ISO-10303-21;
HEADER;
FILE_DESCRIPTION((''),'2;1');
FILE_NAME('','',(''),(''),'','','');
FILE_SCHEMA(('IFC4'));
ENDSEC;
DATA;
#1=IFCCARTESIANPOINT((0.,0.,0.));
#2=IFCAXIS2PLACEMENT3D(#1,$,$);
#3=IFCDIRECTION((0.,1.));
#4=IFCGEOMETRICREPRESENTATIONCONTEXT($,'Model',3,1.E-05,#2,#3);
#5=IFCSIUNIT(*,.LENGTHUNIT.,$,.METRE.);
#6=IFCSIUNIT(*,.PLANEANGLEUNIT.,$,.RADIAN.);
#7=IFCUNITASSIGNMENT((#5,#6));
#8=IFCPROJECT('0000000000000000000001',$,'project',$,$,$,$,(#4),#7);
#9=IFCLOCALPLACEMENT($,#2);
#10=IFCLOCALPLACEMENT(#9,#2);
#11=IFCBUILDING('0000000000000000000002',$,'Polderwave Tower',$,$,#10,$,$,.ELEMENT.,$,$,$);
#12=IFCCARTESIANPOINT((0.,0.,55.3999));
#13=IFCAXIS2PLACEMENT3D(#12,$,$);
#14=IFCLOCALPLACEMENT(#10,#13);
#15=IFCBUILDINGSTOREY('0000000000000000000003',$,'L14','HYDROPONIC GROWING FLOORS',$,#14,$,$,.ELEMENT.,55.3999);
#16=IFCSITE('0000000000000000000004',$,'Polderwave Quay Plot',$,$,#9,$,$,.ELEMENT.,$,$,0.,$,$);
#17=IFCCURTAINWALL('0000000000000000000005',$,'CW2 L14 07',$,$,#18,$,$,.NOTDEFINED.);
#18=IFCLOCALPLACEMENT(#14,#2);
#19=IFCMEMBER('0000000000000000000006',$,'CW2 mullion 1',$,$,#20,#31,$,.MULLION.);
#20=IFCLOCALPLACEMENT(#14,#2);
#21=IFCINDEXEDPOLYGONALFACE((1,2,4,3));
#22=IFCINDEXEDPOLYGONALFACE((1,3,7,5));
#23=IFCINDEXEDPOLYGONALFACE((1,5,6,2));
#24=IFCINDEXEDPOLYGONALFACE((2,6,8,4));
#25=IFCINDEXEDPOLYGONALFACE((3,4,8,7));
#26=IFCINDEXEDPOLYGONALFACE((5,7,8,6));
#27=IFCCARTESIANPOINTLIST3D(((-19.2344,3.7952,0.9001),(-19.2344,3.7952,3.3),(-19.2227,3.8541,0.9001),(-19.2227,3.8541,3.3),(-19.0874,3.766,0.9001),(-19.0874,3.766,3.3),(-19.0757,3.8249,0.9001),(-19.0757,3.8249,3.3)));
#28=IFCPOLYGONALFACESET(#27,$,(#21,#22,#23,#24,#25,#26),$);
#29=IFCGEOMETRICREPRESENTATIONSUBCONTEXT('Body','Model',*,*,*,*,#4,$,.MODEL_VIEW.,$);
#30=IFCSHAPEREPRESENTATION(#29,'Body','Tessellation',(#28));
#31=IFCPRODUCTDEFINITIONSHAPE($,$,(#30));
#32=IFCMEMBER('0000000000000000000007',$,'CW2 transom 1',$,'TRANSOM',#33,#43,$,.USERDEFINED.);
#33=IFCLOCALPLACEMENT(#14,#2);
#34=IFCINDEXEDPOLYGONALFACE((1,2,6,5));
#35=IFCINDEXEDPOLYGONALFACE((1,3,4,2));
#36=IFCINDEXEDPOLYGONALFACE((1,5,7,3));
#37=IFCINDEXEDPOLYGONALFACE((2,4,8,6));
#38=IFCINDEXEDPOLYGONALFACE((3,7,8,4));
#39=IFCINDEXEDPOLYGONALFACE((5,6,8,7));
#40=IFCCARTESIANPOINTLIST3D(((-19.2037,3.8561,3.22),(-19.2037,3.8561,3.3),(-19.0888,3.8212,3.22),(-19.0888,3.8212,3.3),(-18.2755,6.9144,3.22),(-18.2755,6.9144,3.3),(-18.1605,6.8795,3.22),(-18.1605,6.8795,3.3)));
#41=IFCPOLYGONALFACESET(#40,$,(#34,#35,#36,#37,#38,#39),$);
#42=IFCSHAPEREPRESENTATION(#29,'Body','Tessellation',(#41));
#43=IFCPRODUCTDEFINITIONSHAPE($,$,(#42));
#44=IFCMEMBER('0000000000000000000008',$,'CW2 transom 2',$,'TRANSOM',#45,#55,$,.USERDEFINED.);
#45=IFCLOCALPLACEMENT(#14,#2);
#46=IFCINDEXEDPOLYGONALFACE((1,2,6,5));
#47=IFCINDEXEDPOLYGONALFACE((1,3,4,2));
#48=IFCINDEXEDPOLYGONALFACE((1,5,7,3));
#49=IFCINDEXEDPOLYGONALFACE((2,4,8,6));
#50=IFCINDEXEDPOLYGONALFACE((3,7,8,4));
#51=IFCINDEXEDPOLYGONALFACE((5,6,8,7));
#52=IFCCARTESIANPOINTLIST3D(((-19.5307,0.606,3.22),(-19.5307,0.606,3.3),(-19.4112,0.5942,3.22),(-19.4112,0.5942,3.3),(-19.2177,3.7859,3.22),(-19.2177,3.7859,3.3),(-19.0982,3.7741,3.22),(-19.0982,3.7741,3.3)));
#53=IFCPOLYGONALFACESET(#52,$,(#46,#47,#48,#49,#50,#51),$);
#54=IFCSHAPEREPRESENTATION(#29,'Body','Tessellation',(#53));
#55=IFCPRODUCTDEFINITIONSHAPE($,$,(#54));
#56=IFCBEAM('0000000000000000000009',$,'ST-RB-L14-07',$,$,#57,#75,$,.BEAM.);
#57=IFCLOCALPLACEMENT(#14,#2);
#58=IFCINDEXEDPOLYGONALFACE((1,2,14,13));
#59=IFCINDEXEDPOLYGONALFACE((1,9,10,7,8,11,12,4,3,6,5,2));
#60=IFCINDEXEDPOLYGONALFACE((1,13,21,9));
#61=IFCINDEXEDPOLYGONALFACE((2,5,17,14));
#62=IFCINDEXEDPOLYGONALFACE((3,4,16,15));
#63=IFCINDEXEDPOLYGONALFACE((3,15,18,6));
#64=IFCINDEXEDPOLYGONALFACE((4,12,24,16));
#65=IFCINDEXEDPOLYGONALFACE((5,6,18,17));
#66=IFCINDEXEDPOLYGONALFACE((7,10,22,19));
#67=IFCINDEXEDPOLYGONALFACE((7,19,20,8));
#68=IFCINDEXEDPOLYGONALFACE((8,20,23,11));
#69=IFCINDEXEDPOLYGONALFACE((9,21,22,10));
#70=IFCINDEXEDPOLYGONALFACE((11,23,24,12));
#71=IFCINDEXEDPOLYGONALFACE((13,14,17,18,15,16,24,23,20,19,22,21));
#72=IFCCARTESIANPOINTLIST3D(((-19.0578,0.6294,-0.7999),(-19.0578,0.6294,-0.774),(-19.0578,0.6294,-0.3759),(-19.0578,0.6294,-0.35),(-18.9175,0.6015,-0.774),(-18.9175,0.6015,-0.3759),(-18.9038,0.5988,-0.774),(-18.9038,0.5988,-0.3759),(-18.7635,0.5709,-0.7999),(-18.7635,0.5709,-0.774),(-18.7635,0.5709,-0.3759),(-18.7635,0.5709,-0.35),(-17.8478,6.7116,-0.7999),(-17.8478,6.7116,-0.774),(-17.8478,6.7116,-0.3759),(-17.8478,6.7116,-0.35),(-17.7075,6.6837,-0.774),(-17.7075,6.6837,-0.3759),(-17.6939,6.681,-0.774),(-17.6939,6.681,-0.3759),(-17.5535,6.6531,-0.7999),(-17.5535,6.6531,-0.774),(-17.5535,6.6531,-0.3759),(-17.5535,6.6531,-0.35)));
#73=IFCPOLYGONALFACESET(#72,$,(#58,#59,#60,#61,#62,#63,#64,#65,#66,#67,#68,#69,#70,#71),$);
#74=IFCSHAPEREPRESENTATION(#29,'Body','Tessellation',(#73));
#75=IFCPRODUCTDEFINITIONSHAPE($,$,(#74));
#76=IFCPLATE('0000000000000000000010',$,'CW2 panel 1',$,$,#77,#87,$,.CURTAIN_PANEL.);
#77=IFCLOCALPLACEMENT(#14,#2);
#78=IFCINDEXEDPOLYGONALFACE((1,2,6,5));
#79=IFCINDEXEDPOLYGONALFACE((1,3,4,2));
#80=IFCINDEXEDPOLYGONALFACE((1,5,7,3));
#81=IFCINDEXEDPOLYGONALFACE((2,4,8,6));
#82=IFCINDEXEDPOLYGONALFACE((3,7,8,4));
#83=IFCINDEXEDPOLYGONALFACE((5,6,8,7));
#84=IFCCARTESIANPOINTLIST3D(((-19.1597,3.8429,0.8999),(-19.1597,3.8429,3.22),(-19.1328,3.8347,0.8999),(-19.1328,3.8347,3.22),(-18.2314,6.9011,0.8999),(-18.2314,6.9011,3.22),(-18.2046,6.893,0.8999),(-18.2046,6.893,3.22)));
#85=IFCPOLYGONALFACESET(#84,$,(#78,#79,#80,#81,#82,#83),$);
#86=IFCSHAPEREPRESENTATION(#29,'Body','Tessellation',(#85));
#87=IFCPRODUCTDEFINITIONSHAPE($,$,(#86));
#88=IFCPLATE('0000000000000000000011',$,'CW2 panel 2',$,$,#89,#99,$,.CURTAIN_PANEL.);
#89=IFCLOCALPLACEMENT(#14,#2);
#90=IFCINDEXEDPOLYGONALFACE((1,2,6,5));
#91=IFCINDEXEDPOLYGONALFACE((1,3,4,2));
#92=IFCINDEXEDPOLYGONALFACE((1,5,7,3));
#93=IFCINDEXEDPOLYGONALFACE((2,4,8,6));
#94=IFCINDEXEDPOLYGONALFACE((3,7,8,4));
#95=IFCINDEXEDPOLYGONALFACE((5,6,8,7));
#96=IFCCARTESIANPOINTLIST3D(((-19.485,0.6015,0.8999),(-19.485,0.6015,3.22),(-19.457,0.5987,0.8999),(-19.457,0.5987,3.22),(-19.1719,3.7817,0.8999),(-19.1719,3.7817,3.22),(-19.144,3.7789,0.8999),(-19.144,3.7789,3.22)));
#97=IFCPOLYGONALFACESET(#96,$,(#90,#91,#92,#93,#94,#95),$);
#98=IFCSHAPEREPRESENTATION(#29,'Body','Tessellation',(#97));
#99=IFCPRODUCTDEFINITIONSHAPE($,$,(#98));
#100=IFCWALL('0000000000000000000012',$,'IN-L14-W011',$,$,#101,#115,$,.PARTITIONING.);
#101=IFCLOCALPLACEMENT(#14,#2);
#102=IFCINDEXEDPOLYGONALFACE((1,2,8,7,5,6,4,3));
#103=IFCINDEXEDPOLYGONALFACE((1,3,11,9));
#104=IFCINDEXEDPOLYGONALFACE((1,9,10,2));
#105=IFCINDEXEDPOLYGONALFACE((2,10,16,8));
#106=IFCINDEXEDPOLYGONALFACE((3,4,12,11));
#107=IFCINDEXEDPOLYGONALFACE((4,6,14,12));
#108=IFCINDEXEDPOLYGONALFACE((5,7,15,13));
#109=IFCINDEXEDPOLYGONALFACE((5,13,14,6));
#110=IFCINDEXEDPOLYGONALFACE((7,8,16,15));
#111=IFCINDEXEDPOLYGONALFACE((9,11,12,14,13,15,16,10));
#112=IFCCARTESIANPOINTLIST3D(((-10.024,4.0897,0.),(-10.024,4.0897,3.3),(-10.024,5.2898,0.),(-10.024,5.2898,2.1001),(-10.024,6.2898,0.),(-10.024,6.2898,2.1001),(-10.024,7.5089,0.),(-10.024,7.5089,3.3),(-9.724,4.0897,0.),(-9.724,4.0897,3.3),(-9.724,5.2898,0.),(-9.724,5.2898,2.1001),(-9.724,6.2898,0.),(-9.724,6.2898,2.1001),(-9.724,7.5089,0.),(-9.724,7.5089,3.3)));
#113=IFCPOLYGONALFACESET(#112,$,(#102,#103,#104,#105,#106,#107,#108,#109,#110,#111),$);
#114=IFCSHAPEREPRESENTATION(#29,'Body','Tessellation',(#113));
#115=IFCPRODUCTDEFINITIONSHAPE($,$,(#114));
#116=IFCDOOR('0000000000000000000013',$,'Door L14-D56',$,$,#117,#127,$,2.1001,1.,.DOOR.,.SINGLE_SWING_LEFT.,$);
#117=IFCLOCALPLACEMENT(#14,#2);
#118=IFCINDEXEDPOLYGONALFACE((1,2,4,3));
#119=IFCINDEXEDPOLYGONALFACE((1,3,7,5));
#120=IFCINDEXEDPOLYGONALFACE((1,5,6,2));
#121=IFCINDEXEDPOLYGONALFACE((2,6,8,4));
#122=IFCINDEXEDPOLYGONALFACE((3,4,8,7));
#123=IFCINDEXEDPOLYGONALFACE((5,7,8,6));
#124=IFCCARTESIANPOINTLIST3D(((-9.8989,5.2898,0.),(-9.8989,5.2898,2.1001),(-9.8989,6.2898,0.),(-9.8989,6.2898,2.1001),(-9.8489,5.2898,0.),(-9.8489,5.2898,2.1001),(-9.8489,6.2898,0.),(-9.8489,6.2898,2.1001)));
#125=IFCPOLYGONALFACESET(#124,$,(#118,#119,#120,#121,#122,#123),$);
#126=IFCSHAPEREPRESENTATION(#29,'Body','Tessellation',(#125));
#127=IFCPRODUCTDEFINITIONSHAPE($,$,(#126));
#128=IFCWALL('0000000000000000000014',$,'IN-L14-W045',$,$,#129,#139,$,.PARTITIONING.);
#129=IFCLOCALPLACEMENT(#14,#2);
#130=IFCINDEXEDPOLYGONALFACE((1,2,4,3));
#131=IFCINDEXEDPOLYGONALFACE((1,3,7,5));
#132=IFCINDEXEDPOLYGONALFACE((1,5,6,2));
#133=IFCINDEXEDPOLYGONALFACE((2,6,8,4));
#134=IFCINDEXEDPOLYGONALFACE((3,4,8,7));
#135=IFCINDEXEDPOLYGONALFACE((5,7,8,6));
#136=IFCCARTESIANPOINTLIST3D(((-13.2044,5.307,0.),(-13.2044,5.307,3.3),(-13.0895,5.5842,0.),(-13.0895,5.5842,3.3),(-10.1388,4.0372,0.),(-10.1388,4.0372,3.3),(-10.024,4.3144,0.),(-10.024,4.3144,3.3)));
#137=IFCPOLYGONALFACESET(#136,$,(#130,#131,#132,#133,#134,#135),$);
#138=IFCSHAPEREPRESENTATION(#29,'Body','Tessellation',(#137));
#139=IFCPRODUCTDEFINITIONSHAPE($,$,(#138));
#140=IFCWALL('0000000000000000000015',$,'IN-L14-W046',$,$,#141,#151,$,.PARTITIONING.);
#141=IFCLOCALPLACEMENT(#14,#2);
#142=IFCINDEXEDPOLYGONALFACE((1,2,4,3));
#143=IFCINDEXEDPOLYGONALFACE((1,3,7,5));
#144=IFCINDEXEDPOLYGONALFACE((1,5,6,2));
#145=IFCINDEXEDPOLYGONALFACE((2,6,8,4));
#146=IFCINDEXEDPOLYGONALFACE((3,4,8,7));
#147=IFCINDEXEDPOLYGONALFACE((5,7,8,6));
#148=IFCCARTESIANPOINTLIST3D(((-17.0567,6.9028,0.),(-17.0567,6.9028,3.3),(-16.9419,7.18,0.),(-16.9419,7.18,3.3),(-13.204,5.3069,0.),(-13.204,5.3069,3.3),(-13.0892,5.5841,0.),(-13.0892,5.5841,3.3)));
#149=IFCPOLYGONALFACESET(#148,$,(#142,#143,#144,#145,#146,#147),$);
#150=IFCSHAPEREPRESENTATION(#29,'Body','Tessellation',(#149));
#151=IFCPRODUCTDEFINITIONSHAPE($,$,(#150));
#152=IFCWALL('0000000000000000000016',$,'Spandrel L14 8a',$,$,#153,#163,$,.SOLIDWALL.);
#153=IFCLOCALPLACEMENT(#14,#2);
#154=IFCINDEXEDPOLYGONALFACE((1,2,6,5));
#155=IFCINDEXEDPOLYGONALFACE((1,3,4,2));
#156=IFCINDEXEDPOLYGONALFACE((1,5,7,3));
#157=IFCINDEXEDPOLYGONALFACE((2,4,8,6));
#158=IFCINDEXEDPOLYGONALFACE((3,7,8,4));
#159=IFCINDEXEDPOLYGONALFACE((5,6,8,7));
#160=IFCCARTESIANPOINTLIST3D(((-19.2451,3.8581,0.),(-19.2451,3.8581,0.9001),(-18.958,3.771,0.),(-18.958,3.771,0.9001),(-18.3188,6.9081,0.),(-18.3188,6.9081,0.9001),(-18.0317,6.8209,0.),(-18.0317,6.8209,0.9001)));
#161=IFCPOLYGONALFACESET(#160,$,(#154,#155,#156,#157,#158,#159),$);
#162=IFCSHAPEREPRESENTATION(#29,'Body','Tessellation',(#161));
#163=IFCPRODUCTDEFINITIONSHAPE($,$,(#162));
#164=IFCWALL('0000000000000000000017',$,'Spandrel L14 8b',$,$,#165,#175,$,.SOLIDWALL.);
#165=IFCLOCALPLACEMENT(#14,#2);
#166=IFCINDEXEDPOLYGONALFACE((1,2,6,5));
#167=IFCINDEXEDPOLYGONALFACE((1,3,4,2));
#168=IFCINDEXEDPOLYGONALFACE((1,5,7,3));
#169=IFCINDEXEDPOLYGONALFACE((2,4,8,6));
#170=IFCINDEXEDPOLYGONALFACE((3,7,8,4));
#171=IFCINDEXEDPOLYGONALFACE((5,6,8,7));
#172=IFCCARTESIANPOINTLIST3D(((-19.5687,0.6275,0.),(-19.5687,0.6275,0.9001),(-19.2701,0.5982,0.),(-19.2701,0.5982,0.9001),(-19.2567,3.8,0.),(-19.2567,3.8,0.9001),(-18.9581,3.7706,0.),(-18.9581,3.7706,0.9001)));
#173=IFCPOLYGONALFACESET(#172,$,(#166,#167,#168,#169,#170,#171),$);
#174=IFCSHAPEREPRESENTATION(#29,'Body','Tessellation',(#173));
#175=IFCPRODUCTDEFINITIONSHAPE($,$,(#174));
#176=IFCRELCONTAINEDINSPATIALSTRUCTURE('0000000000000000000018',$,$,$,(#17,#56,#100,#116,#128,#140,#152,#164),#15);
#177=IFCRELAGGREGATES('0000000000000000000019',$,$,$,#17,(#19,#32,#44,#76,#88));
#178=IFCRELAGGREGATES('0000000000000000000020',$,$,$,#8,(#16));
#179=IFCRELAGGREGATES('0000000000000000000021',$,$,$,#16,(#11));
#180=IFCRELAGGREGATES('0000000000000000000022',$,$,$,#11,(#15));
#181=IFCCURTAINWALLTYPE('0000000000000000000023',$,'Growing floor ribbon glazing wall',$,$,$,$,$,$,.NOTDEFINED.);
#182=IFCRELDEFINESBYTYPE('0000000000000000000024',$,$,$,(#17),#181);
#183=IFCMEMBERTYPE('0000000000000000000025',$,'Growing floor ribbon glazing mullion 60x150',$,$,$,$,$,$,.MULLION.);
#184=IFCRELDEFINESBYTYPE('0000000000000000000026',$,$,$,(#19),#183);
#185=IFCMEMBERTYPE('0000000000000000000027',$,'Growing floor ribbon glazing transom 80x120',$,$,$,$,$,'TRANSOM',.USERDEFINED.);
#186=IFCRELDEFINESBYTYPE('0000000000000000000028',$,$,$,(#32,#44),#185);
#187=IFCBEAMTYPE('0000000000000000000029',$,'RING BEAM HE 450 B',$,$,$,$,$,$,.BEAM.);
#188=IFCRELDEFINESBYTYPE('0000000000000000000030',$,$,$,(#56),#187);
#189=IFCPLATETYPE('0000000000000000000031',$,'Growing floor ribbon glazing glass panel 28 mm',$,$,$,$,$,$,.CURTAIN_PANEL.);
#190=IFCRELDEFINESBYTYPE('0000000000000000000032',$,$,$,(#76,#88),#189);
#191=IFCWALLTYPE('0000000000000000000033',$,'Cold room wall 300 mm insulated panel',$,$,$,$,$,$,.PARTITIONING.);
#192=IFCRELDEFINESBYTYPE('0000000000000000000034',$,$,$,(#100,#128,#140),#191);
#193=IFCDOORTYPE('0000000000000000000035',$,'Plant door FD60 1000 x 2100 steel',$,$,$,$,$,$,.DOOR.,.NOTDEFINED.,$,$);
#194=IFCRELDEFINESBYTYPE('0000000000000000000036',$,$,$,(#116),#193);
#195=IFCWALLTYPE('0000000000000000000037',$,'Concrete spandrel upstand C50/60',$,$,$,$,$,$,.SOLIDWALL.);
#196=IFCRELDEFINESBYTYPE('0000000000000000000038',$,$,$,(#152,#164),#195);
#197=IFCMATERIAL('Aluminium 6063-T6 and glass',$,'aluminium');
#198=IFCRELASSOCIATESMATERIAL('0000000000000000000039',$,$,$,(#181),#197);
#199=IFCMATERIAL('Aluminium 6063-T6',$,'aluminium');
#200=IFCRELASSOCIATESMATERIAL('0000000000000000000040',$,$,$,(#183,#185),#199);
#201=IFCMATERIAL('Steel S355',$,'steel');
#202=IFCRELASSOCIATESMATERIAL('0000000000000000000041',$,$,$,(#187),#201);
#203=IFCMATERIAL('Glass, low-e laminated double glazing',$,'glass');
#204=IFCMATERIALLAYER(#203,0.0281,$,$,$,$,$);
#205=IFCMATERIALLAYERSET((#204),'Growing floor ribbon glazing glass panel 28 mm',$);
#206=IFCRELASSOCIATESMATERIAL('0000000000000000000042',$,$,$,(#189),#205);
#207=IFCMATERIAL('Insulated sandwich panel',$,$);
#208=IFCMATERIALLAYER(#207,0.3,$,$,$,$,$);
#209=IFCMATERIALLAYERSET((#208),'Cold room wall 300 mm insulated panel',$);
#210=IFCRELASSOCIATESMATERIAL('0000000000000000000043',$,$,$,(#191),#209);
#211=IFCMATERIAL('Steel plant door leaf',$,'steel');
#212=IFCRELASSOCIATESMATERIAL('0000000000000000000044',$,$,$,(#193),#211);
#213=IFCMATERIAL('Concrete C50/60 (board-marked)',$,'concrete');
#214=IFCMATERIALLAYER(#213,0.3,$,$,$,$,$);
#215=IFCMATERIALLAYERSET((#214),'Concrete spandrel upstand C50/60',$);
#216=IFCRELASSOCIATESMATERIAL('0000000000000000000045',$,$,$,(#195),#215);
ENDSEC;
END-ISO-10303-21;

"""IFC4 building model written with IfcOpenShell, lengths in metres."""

from ifc_helpers import new_model, si_unit, direction, frame, frame_2d, origin, origin_2d, place, context, subcontext, project, spatial, rectangle, i_section, extrude, material, layer, layer_set, material_profile, profile_set, type_object, element, fill, aggregate, save


model = new_model("IFC4")

# Units and contexts
model_context = context("Model", 3, precision=1e-05, world=origin(), true_north=direction((0.0, 1.0)))
body_context = subcontext(model_context, "Body", "Model", "MODEL_VIEW")
ifc_project = project(units=[si_unit("LENGTHUNIT", "METRE"), si_unit("PLANEANGLEUNIT", "RADIAN")], contexts=[model_context])

# Site, building, storey
site_placement = place(None, origin())
site = spatial("IfcSite", under=ifc_project, at=site_placement, Name="Polderwave Quay Plot", CompositionType="ELEMENT", RefElevation=0.0)
building_placement = place(site_placement, origin())
building = spatial("IfcBuilding", under=site, at=building_placement, Name="Polderwave Tower", CompositionType="ELEMENT")
storey_placement = place(building_placement, frame((0.0, 0.0, 55.3999)))
storey = spatial("IfcBuildingStorey", under=building, at=storey_placement, Name="L14", Description="HYDROPONIC GROWING FLOORS", CompositionType="ELEMENT", Elevation=55.3999)

# Curtain wall, members
ifc_material_1 = material(Name="Aluminium 6063-T6 and glass", Category="aluminium")
curtain_wall_type = type_object("IfcCurtainWallType", Name="Growing floor ribbon glazing wall", PredefinedType="NOTDEFINED", material=ifc_material_1)
curtain_wall_placement = place(storey_placement, origin())
curtain_wall = element("IfcCurtainWall", 1, at=curtain_wall_placement, inside=storey, type_object=curtain_wall_type, Name="CW2 L14 07", PredefinedType="NOTDEFINED")
ifc_material_2 = material(Name="Aluminium 6063-T6", Category="aluminium")
ifc_material_profile_1 = material_profile(ifc_material_2, rectangle(XDim=0.1499, YDim=0.0601, at=origin_2d()), Name="AL 60x150")
ifc_profile_set_1 = profile_set([ifc_material_profile_1], Name="Aluminium 6063-T6")
member_type_1 = type_object("IfcMemberType", Name="Growing floor ribbon glazing mullion 60x150", PredefinedType="MULLION", material=ifc_profile_set_1)
member_1_placement = place(storey_placement, frame((-19.155, 3.8101, 0.9001), z_axis=(0.0, 0.0, 1.0), x_axis=(0.980774, -0.195149, 0.0)))
member_1 = element("IfcMember", 2, at=member_1_placement, type_object=member_type_1, Name="CW2 mullion 1", PredefinedType="MULLION", context=body_context, shape_type="SweptSolid", body=[
    extrude(rectangle(XDim=0.1499, YDim=0.0601, at=origin_2d()), origin(), (0.0, 0.0, 1.0), 2.3999),
])
ifc_material_profile_2 = material_profile(ifc_material_2, rectangle(XDim=0.1201, YDim=0.0801, at=origin_2d()), Name="AL 80x120")
ifc_profile_set_2 = profile_set([ifc_material_profile_2], Name="Aluminium 6063-T6")
member_type_2 = type_object("IfcMemberType", Name="Growing floor ribbon glazing transom 80x120", ElementType="TRANSOM", PredefinedType="USERDEFINED", material=ifc_profile_set_2)
member_2_placement = place(storey_placement, frame((-18.218, 6.897, 3.26), z_axis=(-0.290423, -0.956898, 0.0), x_axis=(0.956898, -0.290423, 0.0)))
member_2 = element("IfcMember", 3, at=member_2_placement, type_object=member_type_2, Name="CW2 transom 1", ObjectType="TRANSOM", PredefinedType="USERDEFINED", context=body_context, shape_type="SweptSolid", body=[
    extrude(rectangle(XDim=0.1201, YDim=0.0801, at=origin_2d()), origin(), (0.0, 0.0, 1.0), 3.196),
])
member_3_placement = place(storey_placement, frame((-19.158, 3.78, 3.26), z_axis=(-0.097953, -0.995191, 0.0), x_axis=(0.995191, -0.097953, 0.0)))
member_3 = element("IfcMember", 4, at=member_3_placement, type_object=member_type_2, Name="CW2 transom 2", ObjectType="TRANSOM", PredefinedType="USERDEFINED", context=body_context, shape_type="SweptSolid", body=[
    extrude(rectangle(XDim=0.1201, YDim=0.0801, at=origin_2d()), origin(), (0.0, 0.0, 1.0), 3.1953),
])

# Beam
ifc_material_3 = material(Name="Steel S355", Category="steel")
ifc_material_profile_3 = material_profile(ifc_material_3, i_section(OverallWidth=0.3, OverallDepth=0.45, WebThickness=0.0139, FlangeThickness=0.0259, at=origin_2d()), Name="HE 450 B")
ifc_profile_set_3 = profile_set([ifc_material_profile_3], Name="Steel S355")
beam_type = type_object("IfcBeamType", Name="RING BEAM HE 450 B", PredefinedType="BEAM", material=ifc_profile_set_3)
beam_placement = place(storey_placement, frame((-17.7007, 6.6824, -0.575), z_axis=(-0.195109, -0.980782, 0.0), x_axis=(0.980782, -0.195109, 0.0)))
element("IfcBeam", 5, at=beam_placement, inside=storey, type_object=beam_type, Name="ST-RB-L14-07", PredefinedType="BEAM", context=body_context, shape_type="SweptSolid", body=[
    extrude(i_section(OverallWidth=0.3, OverallDepth=0.45, WebThickness=0.0139, FlangeThickness=0.0259, at=origin_2d()), origin(), (0.0, 0.0, 1.0), 6.2014),
])

# Plates
ifc_material_4 = material(Name="Glass, low-e laminated double glazing", Category="glass")
ifc_layer_1 = layer(ifc_material_4, 0.0281)
ifc_layer_set_1 = layer_set([ifc_layer_1], Name="Growing floor ribbon glazing glass panel 28 mm")
plate_type = type_object("IfcPlateType", Name="Growing floor ribbon glazing glass panel 28 mm", PredefinedType="CURTAIN_PANEL", material=ifc_layer_set_1)
plate_1_placement = place(storey_placement, frame((-18.6821, 5.3679, 0.8999), z_axis=(0.0, 0.0, 1.0), x_axis=(-0.290447, -0.956891, 0.0)))
plate_1 = element("IfcPlate", 6, at=plate_1_placement, type_object=plate_type, Name="CW2 panel 1", PredefinedType="CURTAIN_PANEL", context=body_context, shape_type="SweptSolid", body=[
    extrude(rectangle(XDim=3.196, YDim=0.0281, at=origin_2d()), origin(), (0.0, 0.0, 1.0), 2.3201),
])
plate_2_placement = place(storey_placement, frame((-19.3145, 2.1902, 0.8999), z_axis=(0.0, 0.0, 1.0), x_axis=(-0.097969, -0.99519, 0.0)))
plate_2 = element("IfcPlate", 7, at=plate_2_placement, type_object=plate_type, Name="CW2 panel 2", PredefinedType="CURTAIN_PANEL", context=body_context, shape_type="SweptSolid", body=[
    extrude(rectangle(XDim=3.1956, YDim=0.0281, at=origin_2d()), origin(), (0.0, 0.0, 1.0), 2.3201),
])
aggregate(curtain_wall, [member_1, member_2, member_3, plate_1, plate_2])

# Wall, opening, door
ifc_material_5 = material(Name="Insulated sandwich panel")
ifc_layer_2 = layer(ifc_material_5, 0.3)
ifc_layer_set_2 = layer_set([ifc_layer_2], Name="Cold room wall 300 mm insulated panel")
wall_type_1 = type_object("IfcWallType", Name="Cold room wall 300 mm insulated panel", PredefinedType="PARTITIONING", material=ifc_layer_set_2)
wall_1_placement = place(storey_placement, frame((-9.874, 4.0898, 0.0), z_axis=(0.0, 0.0, 1.0), x_axis=(0.0, 1.0, 0.0)))
wall_1 = element("IfcWall", 8, at=wall_1_placement, inside=storey, type_object=wall_type_1, Name="IN-L14-W011", PredefinedType="PARTITIONING", context=body_context, shape_type="SweptSolid", body=[
    extrude(rectangle(XDim=3.4192, YDim=0.3, at=frame_2d((1.7095, 0.0))), origin(), (0.0, 0.0, 1.0), 3.3),
])
opening_1_placement = place(wall_1_placement, frame((1.2, 0.0, 0.0)))
opening_1 = element("IfcOpeningElement", 9, at=opening_1_placement, cuts=wall_1, PredefinedType="OPENING", context=body_context, shape_type="SweptSolid", body=[
    extrude(rectangle(XDim=1.0, YDim=2.1001, at=frame_2d((0.5, 1.05))), frame((0.0, 0.1599, 0.0), z_axis=(0.0, -1.0, 0.0), x_axis=(1.0, 0.0, 0.0)), (0.0, 0.0, 1.0), 0.3201),
])
ifc_material_6 = material(Name="Steel plant door leaf", Category="steel")
door_type_1 = type_object("IfcDoorType", Name="Plant door FD60 1000 x 2100 steel", OperationType="NOTDEFINED", PredefinedType="DOOR", material=ifc_material_6)
door_1_placement = place(opening_1_placement, origin())
door_1 = element("IfcDoor", 10, at=door_1_placement, inside=storey, type_object=door_type_1, Name="Door L14-D56", OperationType="SINGLE_SWING_LEFT", OverallHeight=2.1001, OverallWidth=1.0, PredefinedType="DOOR", context=body_context, shape_type="SweptSolid", body=[
    extrude(rectangle(XDim=1.0, YDim=2.1001, at=frame_2d((0.5, 1.05))), frame((0.0, 0.0249, 0.0), z_axis=(0.0, -1.0, 0.0), x_axis=(1.0, 0.0, 0.0)), (0.0, 0.0, 1.0), 0.05),
])
fill(opening_1, door_1)

# Walls
wall_2_placement = place(storey_placement, frame((-10.0813, 4.1758, 0.0), z_axis=(0.0, 0.0, 1.0), x_axis=(-0.923876, 0.382692, 0.0)))
element("IfcWall", 11, at=wall_2_placement, inside=storey, type_object=wall_type_1, Name="IN-L14-W045", PredefinedType="PARTITIONING", context=body_context, shape_type="SweptSolid", body=[
    extrude(rectangle(XDim=3.3181, YDim=0.3, at=frame_2d((1.6592, 0.0))), origin(), (0.0, 0.0, 1.0), 3.3),
])
wall_3_placement = place(storey_placement, frame((-13.1467, 5.4456, 0.0), z_axis=(0.0, 0.0, 1.0), x_axis=(-0.923873, 0.382698, 0.0)))
element("IfcWall", 12, at=wall_3_placement, inside=storey, type_object=wall_type_1, Name="IN-L14-W046", PredefinedType="PARTITIONING", context=body_context, shape_type="SweptSolid", body=[
    extrude(rectangle(XDim=4.1702, YDim=0.3, at=frame_2d((2.085, 0.0))), origin(), (0.0, 0.0, 1.0), 3.3),
])
ifc_material_7 = material(Name="Concrete C50/60 (board-marked)", Category="concrete")
ifc_layer_3 = layer(ifc_material_7, 0.3)
ifc_layer_set_3 = layer_set([ifc_layer_3], Name="Concrete spandrel upstand C50/60")
wall_type_2 = type_object("IfcWallType", Name="Concrete spandrel upstand C50/60", PredefinedType="SOLIDWALL", material=ifc_layer_set_3)
wall_4_placement = place(storey_placement, frame((-18.1753, 6.8645, 0.0), z_axis=(0.0, 0.0, 1.0), x_axis=(-0.290586, -0.956849, 0.0)))
element("IfcWall", 13, at=wall_4_placement, inside=storey, type_object=wall_type_2, Name="Spandrel L14 8a", PredefinedType="SOLIDWALL", context=body_context, shape_type="SweptSolid", body=[
    extrude(rectangle(XDim=3.1875, YDim=0.3, at=frame_2d((1.5938, 0.0))), origin(), (0.0, 0.0, 1.0), 0.9001),
])
wall_5_placement = place(storey_placement, frame((-19.1074, 3.7852, 0.0), z_axis=(0.0, 0.0, 1.0), x_axis=(-0.097881, -0.995198, 0.0)))
element("IfcWall", 14, at=wall_5_placement, inside=storey, type_object=wall_type_2, Name="Spandrel L14 8b", PredefinedType="SOLIDWALL", context=body_context, shape_type="SweptSolid", body=[
    extrude(rectangle(XDim=3.1877, YDim=0.3, at=frame_2d((1.5938, 0.0))), origin(), (0.0, 0.0, 1.0), 0.9001),
])

save(model, "model.ifc")
